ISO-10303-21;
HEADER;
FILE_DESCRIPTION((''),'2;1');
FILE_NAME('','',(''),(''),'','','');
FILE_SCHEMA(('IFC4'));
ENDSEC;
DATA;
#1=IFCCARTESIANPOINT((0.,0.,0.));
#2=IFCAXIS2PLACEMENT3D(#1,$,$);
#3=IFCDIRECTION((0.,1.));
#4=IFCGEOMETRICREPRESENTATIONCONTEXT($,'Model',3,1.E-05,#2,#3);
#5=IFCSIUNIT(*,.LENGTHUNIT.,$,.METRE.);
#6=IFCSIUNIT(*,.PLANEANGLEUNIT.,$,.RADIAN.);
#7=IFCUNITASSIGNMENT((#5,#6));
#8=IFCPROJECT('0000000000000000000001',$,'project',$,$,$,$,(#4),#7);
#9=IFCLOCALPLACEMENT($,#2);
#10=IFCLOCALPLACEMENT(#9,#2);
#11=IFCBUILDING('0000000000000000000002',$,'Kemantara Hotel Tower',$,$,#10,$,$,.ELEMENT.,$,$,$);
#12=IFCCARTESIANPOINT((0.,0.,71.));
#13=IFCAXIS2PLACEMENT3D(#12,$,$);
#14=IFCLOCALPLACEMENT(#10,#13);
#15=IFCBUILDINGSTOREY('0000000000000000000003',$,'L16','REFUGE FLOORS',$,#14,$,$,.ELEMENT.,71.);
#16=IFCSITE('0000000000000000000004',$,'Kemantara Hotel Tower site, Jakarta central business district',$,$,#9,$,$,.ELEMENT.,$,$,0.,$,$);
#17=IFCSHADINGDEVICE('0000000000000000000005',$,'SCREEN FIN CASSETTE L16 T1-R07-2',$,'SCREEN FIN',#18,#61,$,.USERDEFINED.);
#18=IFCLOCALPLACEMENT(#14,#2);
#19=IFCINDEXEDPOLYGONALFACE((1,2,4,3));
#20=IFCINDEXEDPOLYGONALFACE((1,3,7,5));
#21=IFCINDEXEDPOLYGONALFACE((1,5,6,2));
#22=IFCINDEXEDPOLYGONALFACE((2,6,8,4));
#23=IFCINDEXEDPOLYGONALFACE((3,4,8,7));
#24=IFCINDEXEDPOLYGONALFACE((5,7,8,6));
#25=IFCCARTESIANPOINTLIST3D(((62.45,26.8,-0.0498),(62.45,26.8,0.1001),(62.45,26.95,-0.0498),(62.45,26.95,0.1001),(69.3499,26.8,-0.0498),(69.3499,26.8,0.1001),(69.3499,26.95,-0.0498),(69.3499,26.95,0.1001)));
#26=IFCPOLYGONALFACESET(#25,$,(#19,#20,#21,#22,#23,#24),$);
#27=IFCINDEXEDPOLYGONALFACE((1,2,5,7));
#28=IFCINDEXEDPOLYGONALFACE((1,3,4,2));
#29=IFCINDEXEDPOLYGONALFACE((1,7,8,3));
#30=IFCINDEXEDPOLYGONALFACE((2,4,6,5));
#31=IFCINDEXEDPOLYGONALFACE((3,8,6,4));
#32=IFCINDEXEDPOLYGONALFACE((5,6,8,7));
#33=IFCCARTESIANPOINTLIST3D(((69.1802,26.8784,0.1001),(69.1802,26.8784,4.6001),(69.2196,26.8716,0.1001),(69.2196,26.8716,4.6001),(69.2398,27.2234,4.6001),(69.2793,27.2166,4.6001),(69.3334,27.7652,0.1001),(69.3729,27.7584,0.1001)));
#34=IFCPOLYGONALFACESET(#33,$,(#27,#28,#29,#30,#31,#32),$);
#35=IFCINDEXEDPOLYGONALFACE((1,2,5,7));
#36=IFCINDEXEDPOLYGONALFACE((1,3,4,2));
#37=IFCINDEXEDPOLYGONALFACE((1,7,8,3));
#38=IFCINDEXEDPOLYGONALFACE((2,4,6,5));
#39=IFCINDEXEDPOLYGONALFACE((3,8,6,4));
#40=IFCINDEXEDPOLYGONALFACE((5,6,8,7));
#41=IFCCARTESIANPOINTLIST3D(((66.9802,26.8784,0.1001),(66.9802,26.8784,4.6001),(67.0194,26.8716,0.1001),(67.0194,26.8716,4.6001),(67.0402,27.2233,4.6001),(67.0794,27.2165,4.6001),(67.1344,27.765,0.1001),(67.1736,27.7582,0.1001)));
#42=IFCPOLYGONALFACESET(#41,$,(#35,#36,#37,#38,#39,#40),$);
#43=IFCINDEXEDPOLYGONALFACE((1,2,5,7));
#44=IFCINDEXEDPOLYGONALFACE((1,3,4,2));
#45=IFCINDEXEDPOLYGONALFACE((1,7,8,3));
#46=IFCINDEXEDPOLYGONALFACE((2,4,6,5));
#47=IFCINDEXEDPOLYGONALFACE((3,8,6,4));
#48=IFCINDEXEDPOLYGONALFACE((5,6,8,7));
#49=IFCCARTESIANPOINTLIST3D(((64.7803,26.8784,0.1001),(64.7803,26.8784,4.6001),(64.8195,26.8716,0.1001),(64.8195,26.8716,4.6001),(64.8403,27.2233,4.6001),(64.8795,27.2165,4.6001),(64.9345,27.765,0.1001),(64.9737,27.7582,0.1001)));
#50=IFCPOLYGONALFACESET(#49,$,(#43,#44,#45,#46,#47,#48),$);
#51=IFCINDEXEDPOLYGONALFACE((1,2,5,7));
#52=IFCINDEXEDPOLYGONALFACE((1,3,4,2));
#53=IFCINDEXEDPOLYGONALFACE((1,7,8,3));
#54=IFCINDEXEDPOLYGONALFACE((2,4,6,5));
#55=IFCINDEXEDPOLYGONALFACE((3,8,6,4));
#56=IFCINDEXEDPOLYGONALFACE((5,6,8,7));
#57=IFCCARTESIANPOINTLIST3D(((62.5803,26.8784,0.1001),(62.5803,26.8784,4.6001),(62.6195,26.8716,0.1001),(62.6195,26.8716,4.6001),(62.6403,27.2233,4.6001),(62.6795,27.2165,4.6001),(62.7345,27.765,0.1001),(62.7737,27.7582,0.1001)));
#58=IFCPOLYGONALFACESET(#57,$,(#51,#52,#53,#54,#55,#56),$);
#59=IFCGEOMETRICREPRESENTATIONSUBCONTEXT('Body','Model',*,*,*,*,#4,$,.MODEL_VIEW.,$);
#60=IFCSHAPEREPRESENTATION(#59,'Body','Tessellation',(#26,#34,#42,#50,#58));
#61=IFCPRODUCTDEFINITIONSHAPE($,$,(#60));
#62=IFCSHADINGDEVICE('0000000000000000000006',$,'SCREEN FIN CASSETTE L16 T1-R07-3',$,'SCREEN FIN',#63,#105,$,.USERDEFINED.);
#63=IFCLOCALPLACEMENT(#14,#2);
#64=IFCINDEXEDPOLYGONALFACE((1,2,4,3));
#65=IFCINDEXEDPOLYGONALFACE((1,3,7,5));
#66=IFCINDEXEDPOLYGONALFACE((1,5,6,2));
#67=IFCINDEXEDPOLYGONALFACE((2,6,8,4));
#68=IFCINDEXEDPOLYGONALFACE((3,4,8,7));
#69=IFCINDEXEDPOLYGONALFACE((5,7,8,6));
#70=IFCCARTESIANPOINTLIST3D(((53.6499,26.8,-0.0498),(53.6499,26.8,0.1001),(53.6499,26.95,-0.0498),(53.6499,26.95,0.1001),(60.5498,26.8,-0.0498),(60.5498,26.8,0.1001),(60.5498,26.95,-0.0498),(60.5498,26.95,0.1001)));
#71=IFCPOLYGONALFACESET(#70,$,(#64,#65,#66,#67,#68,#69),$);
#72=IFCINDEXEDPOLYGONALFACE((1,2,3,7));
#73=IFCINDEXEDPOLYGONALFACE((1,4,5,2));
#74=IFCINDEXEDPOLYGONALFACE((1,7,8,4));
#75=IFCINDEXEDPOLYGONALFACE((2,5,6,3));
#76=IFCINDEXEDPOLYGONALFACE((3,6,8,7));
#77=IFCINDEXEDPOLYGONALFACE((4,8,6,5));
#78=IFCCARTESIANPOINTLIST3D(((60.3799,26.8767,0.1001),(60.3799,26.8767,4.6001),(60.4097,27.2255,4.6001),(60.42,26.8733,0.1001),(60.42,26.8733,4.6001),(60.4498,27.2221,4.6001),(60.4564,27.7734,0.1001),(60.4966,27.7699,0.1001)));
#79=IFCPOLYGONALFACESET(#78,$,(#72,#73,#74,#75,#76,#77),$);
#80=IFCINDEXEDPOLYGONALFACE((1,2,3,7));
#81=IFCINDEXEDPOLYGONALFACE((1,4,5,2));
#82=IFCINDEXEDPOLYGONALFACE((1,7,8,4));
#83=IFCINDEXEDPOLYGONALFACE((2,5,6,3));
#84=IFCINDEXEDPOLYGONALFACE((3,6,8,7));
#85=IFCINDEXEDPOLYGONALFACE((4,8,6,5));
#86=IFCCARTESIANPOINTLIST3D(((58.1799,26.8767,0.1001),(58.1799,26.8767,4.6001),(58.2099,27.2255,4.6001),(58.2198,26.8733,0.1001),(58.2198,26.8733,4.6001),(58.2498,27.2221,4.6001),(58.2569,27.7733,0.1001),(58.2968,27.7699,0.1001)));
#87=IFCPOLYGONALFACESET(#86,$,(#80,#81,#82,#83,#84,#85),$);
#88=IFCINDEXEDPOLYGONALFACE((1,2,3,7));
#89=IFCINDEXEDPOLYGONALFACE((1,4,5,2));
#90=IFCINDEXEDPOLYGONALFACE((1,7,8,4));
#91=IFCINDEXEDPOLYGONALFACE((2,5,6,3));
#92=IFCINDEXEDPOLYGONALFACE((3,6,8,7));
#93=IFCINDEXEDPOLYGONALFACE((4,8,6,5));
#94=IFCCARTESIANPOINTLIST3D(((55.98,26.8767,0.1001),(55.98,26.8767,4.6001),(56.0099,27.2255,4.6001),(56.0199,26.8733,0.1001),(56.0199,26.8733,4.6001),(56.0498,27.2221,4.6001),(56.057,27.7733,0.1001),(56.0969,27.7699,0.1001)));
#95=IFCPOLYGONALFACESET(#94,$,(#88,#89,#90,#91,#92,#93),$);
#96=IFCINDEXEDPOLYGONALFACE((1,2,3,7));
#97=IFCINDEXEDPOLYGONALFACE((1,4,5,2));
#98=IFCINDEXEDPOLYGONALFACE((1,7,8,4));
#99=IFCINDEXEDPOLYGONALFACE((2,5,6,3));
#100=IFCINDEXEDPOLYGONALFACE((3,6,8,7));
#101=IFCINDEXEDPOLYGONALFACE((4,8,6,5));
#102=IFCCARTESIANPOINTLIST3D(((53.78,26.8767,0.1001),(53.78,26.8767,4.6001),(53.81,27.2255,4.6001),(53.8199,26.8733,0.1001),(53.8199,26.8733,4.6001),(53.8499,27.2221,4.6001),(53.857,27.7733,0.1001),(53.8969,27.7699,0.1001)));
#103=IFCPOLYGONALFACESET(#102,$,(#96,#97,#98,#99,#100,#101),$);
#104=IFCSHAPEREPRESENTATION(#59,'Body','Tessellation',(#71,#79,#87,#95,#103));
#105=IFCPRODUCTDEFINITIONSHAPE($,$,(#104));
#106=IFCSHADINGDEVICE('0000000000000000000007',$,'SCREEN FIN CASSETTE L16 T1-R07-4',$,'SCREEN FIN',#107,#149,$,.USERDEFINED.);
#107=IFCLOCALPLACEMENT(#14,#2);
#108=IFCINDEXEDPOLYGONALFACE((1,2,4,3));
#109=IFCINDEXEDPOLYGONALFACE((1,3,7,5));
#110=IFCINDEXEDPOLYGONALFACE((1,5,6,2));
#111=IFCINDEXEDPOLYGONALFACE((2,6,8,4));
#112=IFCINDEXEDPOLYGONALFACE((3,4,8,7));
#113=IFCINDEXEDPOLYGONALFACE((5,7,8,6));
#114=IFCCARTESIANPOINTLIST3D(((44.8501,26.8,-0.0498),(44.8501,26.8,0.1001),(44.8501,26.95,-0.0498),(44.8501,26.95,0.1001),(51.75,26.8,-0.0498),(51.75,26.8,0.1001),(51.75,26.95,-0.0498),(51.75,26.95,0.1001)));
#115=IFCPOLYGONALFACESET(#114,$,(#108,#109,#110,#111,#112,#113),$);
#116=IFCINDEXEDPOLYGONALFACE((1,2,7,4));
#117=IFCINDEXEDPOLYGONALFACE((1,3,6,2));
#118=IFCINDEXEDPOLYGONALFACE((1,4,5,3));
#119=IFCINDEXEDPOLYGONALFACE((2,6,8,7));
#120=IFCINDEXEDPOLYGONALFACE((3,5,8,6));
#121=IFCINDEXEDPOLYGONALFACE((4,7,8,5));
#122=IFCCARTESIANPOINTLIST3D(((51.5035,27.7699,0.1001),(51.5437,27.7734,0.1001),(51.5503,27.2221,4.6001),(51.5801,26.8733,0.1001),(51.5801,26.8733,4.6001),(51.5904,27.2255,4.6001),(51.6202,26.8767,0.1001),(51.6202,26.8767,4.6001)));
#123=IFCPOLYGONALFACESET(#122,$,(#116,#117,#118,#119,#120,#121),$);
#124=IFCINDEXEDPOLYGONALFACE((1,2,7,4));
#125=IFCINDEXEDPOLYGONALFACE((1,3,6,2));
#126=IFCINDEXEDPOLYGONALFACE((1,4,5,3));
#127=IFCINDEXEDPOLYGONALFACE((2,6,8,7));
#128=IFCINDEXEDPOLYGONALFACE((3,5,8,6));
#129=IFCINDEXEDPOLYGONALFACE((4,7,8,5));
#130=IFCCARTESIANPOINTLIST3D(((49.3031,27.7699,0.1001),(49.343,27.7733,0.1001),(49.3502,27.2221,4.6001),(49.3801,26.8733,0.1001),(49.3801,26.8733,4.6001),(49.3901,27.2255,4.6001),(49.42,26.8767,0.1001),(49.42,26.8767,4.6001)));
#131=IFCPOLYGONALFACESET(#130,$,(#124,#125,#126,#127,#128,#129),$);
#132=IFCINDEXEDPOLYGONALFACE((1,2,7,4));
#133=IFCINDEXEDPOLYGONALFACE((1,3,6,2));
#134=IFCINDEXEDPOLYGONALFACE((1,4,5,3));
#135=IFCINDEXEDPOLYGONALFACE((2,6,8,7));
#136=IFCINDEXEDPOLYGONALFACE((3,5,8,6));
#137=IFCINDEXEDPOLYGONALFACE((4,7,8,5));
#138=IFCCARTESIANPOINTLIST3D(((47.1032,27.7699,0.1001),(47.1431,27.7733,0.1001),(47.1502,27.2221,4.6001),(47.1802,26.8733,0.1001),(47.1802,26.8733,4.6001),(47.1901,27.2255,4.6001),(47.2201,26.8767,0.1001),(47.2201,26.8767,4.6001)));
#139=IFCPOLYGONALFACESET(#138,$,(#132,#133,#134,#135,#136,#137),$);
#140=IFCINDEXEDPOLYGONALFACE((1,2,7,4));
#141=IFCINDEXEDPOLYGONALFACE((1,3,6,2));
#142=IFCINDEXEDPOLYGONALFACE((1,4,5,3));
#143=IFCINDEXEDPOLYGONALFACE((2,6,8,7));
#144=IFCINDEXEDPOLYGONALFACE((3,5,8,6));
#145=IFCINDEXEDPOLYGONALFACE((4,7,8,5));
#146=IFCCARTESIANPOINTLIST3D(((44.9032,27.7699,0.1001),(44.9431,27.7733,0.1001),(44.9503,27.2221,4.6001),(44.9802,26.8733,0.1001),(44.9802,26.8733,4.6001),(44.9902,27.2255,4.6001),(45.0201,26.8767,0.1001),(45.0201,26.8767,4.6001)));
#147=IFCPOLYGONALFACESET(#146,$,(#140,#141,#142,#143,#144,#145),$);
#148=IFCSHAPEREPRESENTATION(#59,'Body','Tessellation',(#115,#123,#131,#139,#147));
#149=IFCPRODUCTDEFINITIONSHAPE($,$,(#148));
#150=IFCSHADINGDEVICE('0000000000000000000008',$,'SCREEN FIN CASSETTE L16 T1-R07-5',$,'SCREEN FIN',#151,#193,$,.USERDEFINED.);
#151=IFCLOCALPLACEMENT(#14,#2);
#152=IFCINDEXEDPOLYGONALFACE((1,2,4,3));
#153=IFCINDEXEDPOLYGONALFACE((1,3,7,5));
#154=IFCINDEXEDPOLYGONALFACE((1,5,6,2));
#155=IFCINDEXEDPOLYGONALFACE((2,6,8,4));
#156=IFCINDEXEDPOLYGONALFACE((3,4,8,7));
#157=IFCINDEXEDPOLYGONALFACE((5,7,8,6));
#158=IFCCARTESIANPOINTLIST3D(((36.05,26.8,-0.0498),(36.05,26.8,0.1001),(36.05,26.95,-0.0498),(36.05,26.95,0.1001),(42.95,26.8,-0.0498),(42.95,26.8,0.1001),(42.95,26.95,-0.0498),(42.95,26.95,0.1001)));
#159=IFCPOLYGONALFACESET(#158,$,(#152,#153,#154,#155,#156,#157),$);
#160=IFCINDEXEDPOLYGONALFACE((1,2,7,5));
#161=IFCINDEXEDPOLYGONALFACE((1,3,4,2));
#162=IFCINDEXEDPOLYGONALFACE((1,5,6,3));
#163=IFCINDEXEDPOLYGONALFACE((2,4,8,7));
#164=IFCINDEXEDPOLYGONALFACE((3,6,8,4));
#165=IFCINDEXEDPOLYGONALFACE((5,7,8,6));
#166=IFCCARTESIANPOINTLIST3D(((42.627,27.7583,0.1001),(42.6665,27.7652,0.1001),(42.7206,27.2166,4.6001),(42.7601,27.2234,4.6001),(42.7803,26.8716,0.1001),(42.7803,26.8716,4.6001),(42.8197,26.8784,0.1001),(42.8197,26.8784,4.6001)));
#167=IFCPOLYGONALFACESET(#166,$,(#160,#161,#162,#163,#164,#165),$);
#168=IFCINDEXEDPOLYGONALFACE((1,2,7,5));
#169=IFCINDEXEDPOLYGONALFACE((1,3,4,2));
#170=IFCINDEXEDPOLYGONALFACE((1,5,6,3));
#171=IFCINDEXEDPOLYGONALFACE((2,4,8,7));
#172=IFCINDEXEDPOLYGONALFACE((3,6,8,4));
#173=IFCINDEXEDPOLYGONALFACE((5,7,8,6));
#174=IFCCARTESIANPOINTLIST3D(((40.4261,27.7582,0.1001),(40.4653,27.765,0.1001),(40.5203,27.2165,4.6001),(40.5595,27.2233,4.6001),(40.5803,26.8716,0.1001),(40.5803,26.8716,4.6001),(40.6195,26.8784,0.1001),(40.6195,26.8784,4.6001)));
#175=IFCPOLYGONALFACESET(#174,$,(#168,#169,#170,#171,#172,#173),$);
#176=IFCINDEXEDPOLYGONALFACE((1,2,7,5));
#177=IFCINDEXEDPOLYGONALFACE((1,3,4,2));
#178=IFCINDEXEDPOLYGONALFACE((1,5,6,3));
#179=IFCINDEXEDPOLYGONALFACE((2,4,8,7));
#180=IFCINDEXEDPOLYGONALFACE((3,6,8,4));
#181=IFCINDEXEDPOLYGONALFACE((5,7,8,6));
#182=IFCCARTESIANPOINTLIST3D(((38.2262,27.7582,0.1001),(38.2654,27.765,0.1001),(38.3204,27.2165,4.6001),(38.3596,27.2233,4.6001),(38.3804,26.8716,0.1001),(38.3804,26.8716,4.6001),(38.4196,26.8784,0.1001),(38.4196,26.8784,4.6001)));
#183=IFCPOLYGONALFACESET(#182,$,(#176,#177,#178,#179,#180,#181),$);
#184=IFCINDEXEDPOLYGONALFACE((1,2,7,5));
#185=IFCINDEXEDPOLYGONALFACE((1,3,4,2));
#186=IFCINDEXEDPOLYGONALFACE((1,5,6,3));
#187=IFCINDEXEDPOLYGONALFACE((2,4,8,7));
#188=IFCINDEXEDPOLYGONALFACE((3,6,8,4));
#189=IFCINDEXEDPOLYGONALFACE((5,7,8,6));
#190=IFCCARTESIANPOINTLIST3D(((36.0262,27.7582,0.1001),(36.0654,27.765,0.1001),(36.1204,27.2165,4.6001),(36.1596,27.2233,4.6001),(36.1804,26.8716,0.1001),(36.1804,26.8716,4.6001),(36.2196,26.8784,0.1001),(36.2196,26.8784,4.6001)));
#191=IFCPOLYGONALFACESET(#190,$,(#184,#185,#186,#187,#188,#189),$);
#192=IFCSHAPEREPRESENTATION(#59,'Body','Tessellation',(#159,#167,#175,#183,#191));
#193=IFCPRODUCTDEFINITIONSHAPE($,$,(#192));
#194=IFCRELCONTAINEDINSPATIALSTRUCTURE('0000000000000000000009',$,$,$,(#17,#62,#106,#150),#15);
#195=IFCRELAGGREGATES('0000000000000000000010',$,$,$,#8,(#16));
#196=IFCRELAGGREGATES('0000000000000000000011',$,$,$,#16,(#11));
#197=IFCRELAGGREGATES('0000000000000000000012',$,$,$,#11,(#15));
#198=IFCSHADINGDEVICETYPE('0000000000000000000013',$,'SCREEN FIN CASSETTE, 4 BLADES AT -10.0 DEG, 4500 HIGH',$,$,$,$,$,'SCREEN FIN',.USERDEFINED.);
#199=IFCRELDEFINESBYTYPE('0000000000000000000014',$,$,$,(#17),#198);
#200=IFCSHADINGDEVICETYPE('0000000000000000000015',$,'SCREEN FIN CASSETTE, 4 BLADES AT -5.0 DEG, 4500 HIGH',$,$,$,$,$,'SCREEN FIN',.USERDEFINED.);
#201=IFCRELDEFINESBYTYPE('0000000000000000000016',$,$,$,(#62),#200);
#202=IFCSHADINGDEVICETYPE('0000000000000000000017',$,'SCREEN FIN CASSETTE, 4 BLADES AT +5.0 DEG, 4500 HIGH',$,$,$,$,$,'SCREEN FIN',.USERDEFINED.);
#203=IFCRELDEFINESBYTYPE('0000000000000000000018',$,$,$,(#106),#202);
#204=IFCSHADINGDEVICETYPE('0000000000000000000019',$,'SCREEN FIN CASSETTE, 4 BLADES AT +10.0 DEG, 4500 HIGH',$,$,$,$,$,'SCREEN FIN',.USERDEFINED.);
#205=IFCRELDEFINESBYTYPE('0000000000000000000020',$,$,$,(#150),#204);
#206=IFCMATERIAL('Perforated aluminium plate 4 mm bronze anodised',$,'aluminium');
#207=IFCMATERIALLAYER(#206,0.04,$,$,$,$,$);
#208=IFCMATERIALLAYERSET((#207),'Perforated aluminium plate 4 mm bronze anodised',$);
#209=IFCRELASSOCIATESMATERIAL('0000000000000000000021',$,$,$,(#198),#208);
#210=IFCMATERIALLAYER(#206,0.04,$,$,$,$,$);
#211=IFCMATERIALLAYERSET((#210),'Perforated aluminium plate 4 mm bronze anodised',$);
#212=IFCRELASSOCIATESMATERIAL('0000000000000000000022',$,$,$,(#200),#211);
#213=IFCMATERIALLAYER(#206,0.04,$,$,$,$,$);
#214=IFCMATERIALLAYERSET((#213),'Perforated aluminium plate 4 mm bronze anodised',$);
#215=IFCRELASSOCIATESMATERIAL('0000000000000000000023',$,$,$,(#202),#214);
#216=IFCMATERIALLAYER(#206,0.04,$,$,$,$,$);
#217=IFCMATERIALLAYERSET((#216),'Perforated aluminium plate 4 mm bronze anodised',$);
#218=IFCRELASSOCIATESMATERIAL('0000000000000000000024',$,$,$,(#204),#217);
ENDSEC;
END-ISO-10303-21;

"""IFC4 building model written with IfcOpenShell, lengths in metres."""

from ifc_helpers import new_model, si_unit, direction, frame, origin, origin_2d, place, context, subcontext, project, spatial, polyline, rectangle, outline, extrude, source, transform, mapped, material, layer, layer_set, type_object, element, save


model = new_model("IFC4")

# Units and contexts
model_context = context("Model", 3, precision=1e-05, world=origin(), true_north=direction((0.0, 1.0)))
body_context = subcontext(model_context, "Body", "Model", "MODEL_VIEW")
ifc_project = project(units=[si_unit("LENGTHUNIT", "METRE"), si_unit("PLANEANGLEUNIT", "RADIAN")], contexts=[model_context])

# Site, building, storey
site_placement = place(None, origin())
site = spatial("IfcSite", under=ifc_project, at=site_placement, Name="Kemantara Hotel Tower site, Jakarta central business district", CompositionType="ELEMENT", RefElevation=0.0)
building_placement = place(site_placement, origin())
building = spatial("IfcBuilding", under=site, at=building_placement, Name="Kemantara Hotel Tower", CompositionType="ELEMENT")
storey_placement = place(building_placement, frame((0.0, 0.0, 71.0)))
storey = spatial("IfcBuildingStorey", under=building, at=storey_placement, Name="L16", Description="REFUGE FLOORS", CompositionType="ELEMENT", Elevation=71.0)

# Shading devices
ifc_material_1 = material(Name="Perforated aluminium plate 4 mm bronze anodised", Category="aluminium")
ifc_layer_1 = layer(ifc_material_1, 0.04)
ifc_layer_set_1 = layer_set([ifc_layer_1], Name="Perforated aluminium plate 4 mm bronze anodised")
shading_device_type_1 = type_object("IfcShadingDeviceType", Name="SCREEN FIN CASSETTE, 4 BLADES AT -10.0 DEG, 4500 HIGH", ElementType="SCREEN FIN", PredefinedType="USERDEFINED", material=ifc_layer_set_1)
shared_shape_1 = source(origin(), body_context, "Body", "SweptSolid", [
    extrude(rectangle(XDim=6.8999, YDim=0.1499, at=origin_2d()), frame((3.3, -0.075, -0.1499), z_axis=(0.0, 0.0, 1.0), x_axis=(1.0, 0.0, 0.0)), (0.0, 0.0, 1.0), 0.1499),
    extrude(outline(polyline([(0.0, 0.0), (0.8999, 0.0), (0.3501, 4.5), (0.0, 4.5), (0.0, 0.0)])), frame((0.0198, -0.0784, 0.0), z_axis=(-0.98539, 0.170314, 0.0), x_axis=(-0.170314, -0.98539, 0.0)), (0.0, 0.0, 1.0), 0.04),
    extrude(outline(polyline([(0.0, 0.0), (0.8999, 0.0), (0.3501, 4.5), (0.0, 4.5), (0.0, 0.0)])), frame((2.2197, -0.0784, 0.0), z_axis=(-0.985212, 0.171341, 0.0), x_axis=(-0.171341, -0.985212, 0.0)), (0.0, 0.0, 1.0), 0.0398),
    extrude(outline(polyline([(0.0, 0.0), (0.8999, 0.0), (0.3501, 4.5), (0.0, 4.5), (0.0, 0.0)])), frame((4.4197, -0.0784, 0.0), z_axis=(-0.985212, 0.171341, 0.0), x_axis=(-0.171341, -0.985212, 0.0)), (0.0, 0.0, 1.0), 0.0398),
    extrude(outline(polyline([(0.0, 0.0), (0.8999, 0.0), (0.3501, 4.5), (0.0, 4.5), (0.0, 0.0)])), frame((6.6196, -0.0784, 0.0), z_axis=(-0.985212, 0.171341, 0.0), x_axis=(-0.171341, -0.985212, 0.0)), (0.0, 0.0, 1.0), 0.0398),
])
shading_device_1_placement = place(storey_placement, frame((69.2, 26.8, 0.1001), z_axis=(0.0, 0.0, 1.0), x_axis=(-1.0, 0.0, 0.0)))
element("IfcShadingDevice", 1, at=shading_device_1_placement, inside=storey, type_object=shading_device_type_1, Name="SCREEN FIN CASSETTE L16 T1-R07-2", ObjectType="SCREEN FIN", PredefinedType="USERDEFINED", context=body_context, shape_type="MappedRepresentation", body=[
    mapped(shared_shape_1, transform((0.0, 0.0, 0.0))),
])
ifc_layer_2 = layer(ifc_material_1, 0.04)
ifc_layer_set_2 = layer_set([ifc_layer_2], Name="Perforated aluminium plate 4 mm bronze anodised")
shading_device_type_2 = type_object("IfcShadingDeviceType", Name="SCREEN FIN CASSETTE, 4 BLADES AT -5.0 DEG, 4500 HIGH", ElementType="SCREEN FIN", PredefinedType="USERDEFINED", material=ifc_layer_set_2)
shared_shape_2 = source(origin(), body_context, "Body", "SweptSolid", [
    extrude(rectangle(XDim=6.8999, YDim=0.1499, at=origin_2d()), frame((3.3, -0.075, -0.1499), z_axis=(0.0, 0.0, 1.0), x_axis=(1.0, 0.0, 0.0)), (0.0, 0.0, 1.0), 0.1499),
    extrude(outline(polyline([(0.0, 0.0), (0.8999, 0.0), (0.3501, 4.5), (0.0, 4.5), (0.0, 0.0)])), frame((0.02, -0.0767, 0.0), z_axis=(-0.996376, 0.085056, 0.0), x_axis=(-0.085056, -0.996376, 0.0)), (0.0, 0.0, 1.0), 0.0403),
    extrude(outline(polyline([(0.0, 0.0), (0.8999, 0.0), (0.3501, 4.5), (0.0, 4.5), (0.0, 0.0)])), frame((2.22, -0.0767, 0.0), z_axis=(-0.996332, 0.085575, 0.0), x_axis=(-0.085575, -0.996332, 0.0)), (0.0, 0.0, 1.0), 0.04),
    extrude(outline(polyline([(0.0, 0.0), (0.8999, 0.0), (0.3501, 4.5), (0.0, 4.5), (0.0, 0.0)])), frame((4.4199, -0.0767, 0.0), z_axis=(-0.996332, 0.085575, 0.0), x_axis=(-0.085575, -0.996332, 0.0)), (0.0, 0.0, 1.0), 0.04),
    extrude(outline(polyline([(0.0, 0.0), (0.8999, 0.0), (0.3501, 4.5), (0.0, 4.5), (0.0, 0.0)])), frame((6.6199, -0.0767, 0.0), z_axis=(-0.996332, 0.085575, 0.0), x_axis=(-0.085575, -0.996332, 0.0)), (0.0, 0.0, 1.0), 0.04),
])
shading_device_2_placement = place(storey_placement, frame((60.3999, 26.8, 0.1001), z_axis=(0.0, 0.0, 1.0), x_axis=(-1.0, 0.0, 0.0)))
element("IfcShadingDevice", 2, at=shading_device_2_placement, inside=storey, type_object=shading_device_type_2, Name="SCREEN FIN CASSETTE L16 T1-R07-3", ObjectType="SCREEN FIN", PredefinedType="USERDEFINED", context=body_context, shape_type="MappedRepresentation", body=[
    mapped(shared_shape_2, transform((0.0, 0.0, 0.0))),
])
ifc_layer_3 = layer(ifc_material_1, 0.04)
ifc_layer_set_3 = layer_set([ifc_layer_3], Name="Perforated aluminium plate 4 mm bronze anodised")
shading_device_type_3 = type_object("IfcShadingDeviceType", Name="SCREEN FIN CASSETTE, 4 BLADES AT +5.0 DEG, 4500 HIGH", ElementType="SCREEN FIN", PredefinedType="USERDEFINED", material=ifc_layer_set_3)
shared_shape_3 = source(origin(), body_context, "Body", "SweptSolid", [
    extrude(rectangle(XDim=6.8999, YDim=0.1499, at=origin_2d()), frame((3.3, -0.075, -0.1499), z_axis=(0.0, 0.0, 1.0), x_axis=(1.0, 0.0, 0.0)), (0.0, 0.0, 1.0), 0.1499),
    extrude(outline(polyline([(0.0, 0.0), (0.8999, 0.0), (0.3501, 4.5), (0.0, 4.5), (0.0, 0.0)])), frame((0.02, -0.0732, 0.0), z_axis=(-0.996376, -0.085056, 0.0), x_axis=(0.085056, -0.996376, 0.0)), (0.0, 0.0, 1.0), 0.0403),
    extrude(outline(polyline([(0.0, 0.0), (0.8999, 0.0), (0.3501, 4.5), (0.0, 4.5), (0.0, 0.0)])), frame((2.22, -0.0732, 0.0), z_axis=(-0.996332, -0.085575, 0.0), x_axis=(0.085575, -0.996332, 0.0)), (0.0, 0.0, 1.0), 0.04),
    extrude(outline(polyline([(0.0, 0.0), (0.8999, 0.0), (0.3501, 4.5), (0.0, 4.5), (0.0, 0.0)])), frame((4.4199, -0.0732, 0.0), z_axis=(-0.996332, -0.085575, 0.0), x_axis=(0.085575, -0.996332, 0.0)), (0.0, 0.0, 1.0), 0.04),
    extrude(outline(polyline([(0.0, 0.0), (0.8999, 0.0), (0.3501, 4.5), (0.0, 4.5), (0.0, 0.0)])), frame((6.6199, -0.0732, 0.0), z_axis=(-0.996332, -0.085575, 0.0), x_axis=(0.085575, -0.996332, 0.0)), (0.0, 0.0, 1.0), 0.04),
])
shading_device_3_placement = place(storey_placement, frame((51.6001, 26.8, 0.1001), z_axis=(0.0, 0.0, 1.0), x_axis=(-1.0, 0.0, 0.0)))
element("IfcShadingDevice", 3, at=shading_device_3_placement, inside=storey, type_object=shading_device_type_3, Name="SCREEN FIN CASSETTE L16 T1-R07-4", ObjectType="SCREEN FIN", PredefinedType="USERDEFINED", context=body_context, shape_type="MappedRepresentation", body=[
    mapped(shared_shape_3, transform((0.0, 0.0, 0.0))),
])
ifc_layer_4 = layer(ifc_material_1, 0.04)
ifc_layer_set_4 = layer_set([ifc_layer_4], Name="Perforated aluminium plate 4 mm bronze anodised")
shading_device_type_4 = type_object("IfcShadingDeviceType", Name="SCREEN FIN CASSETTE, 4 BLADES AT +10.0 DEG, 4500 HIGH", ElementType="SCREEN FIN", PredefinedType="USERDEFINED", material=ifc_layer_set_4)
shared_shape_4 = source(origin(), body_context, "Body", "SweptSolid", [
    extrude(rectangle(XDim=6.8999, YDim=0.1499, at=origin_2d()), frame((3.3, -0.075, -0.1499), z_axis=(0.0, 0.0, 1.0), x_axis=(1.0, 0.0, 0.0)), (0.0, 0.0, 1.0), 0.1499),
    extrude(outline(polyline([(0.0, 0.0), (0.8999, 0.0), (0.3501, 4.5), (0.0, 4.5), (0.0, 0.0)])), frame((0.0198, -0.0715, 0.0), z_axis=(-0.98539, -0.170314, 0.0), x_axis=(0.170314, -0.98539, 0.0)), (0.0, 0.0, 1.0), 0.04),
    extrude(outline(polyline([(0.0, 0.0), (0.8999, 0.0), (0.3501, 4.5), (0.0, 4.5), (0.0, 0.0)])), frame((2.2197, -0.0715, 0.0), z_axis=(-0.985212, -0.171341, 0.0), x_axis=(0.171341, -0.985212, 0.0)), (0.0, 0.0, 1.0), 0.0398),
    extrude(outline(polyline([(0.0, 0.0), (0.8999, 0.0), (0.3501, 4.5), (0.0, 4.5), (0.0, 0.0)])), frame((4.4197, -0.0715, 0.0), z_axis=(-0.985212, -0.171341, 0.0), x_axis=(0.171341, -0.985212, 0.0)), (0.0, 0.0, 1.0), 0.0398),
    extrude(outline(polyline([(0.0, 0.0), (0.8999, 0.0), (0.3501, 4.5), (0.0, 4.5), (0.0, 0.0)])), frame((6.6196, -0.0715, 0.0), z_axis=(-0.985212, -0.171341, 0.0), x_axis=(0.171341, -0.985212, 0.0)), (0.0, 0.0, 1.0), 0.0398),
])
for number, where, z_axis, x_axis, name in (
    (4, (42.8, 26.8, 0.1001), (0.0, 0.0, 1.0), (-1.0, 0.0, 0.0), "SCREEN FIN CASSETTE L16 T1-R07-5"),
):
    element("IfcShadingDevice", number, at=place(storey_placement, frame(where, z_axis=z_axis, x_axis=x_axis)), inside=storey, type_object=shading_device_type_4, Name=name, ObjectType="SCREEN FIN", PredefinedType="USERDEFINED", context=body_context, shape_type="MappedRepresentation", body=[
        mapped(shared_shape_4, transform((0.0, 0.0, 0.0))),
    ])

save(model, "model.ifc")
